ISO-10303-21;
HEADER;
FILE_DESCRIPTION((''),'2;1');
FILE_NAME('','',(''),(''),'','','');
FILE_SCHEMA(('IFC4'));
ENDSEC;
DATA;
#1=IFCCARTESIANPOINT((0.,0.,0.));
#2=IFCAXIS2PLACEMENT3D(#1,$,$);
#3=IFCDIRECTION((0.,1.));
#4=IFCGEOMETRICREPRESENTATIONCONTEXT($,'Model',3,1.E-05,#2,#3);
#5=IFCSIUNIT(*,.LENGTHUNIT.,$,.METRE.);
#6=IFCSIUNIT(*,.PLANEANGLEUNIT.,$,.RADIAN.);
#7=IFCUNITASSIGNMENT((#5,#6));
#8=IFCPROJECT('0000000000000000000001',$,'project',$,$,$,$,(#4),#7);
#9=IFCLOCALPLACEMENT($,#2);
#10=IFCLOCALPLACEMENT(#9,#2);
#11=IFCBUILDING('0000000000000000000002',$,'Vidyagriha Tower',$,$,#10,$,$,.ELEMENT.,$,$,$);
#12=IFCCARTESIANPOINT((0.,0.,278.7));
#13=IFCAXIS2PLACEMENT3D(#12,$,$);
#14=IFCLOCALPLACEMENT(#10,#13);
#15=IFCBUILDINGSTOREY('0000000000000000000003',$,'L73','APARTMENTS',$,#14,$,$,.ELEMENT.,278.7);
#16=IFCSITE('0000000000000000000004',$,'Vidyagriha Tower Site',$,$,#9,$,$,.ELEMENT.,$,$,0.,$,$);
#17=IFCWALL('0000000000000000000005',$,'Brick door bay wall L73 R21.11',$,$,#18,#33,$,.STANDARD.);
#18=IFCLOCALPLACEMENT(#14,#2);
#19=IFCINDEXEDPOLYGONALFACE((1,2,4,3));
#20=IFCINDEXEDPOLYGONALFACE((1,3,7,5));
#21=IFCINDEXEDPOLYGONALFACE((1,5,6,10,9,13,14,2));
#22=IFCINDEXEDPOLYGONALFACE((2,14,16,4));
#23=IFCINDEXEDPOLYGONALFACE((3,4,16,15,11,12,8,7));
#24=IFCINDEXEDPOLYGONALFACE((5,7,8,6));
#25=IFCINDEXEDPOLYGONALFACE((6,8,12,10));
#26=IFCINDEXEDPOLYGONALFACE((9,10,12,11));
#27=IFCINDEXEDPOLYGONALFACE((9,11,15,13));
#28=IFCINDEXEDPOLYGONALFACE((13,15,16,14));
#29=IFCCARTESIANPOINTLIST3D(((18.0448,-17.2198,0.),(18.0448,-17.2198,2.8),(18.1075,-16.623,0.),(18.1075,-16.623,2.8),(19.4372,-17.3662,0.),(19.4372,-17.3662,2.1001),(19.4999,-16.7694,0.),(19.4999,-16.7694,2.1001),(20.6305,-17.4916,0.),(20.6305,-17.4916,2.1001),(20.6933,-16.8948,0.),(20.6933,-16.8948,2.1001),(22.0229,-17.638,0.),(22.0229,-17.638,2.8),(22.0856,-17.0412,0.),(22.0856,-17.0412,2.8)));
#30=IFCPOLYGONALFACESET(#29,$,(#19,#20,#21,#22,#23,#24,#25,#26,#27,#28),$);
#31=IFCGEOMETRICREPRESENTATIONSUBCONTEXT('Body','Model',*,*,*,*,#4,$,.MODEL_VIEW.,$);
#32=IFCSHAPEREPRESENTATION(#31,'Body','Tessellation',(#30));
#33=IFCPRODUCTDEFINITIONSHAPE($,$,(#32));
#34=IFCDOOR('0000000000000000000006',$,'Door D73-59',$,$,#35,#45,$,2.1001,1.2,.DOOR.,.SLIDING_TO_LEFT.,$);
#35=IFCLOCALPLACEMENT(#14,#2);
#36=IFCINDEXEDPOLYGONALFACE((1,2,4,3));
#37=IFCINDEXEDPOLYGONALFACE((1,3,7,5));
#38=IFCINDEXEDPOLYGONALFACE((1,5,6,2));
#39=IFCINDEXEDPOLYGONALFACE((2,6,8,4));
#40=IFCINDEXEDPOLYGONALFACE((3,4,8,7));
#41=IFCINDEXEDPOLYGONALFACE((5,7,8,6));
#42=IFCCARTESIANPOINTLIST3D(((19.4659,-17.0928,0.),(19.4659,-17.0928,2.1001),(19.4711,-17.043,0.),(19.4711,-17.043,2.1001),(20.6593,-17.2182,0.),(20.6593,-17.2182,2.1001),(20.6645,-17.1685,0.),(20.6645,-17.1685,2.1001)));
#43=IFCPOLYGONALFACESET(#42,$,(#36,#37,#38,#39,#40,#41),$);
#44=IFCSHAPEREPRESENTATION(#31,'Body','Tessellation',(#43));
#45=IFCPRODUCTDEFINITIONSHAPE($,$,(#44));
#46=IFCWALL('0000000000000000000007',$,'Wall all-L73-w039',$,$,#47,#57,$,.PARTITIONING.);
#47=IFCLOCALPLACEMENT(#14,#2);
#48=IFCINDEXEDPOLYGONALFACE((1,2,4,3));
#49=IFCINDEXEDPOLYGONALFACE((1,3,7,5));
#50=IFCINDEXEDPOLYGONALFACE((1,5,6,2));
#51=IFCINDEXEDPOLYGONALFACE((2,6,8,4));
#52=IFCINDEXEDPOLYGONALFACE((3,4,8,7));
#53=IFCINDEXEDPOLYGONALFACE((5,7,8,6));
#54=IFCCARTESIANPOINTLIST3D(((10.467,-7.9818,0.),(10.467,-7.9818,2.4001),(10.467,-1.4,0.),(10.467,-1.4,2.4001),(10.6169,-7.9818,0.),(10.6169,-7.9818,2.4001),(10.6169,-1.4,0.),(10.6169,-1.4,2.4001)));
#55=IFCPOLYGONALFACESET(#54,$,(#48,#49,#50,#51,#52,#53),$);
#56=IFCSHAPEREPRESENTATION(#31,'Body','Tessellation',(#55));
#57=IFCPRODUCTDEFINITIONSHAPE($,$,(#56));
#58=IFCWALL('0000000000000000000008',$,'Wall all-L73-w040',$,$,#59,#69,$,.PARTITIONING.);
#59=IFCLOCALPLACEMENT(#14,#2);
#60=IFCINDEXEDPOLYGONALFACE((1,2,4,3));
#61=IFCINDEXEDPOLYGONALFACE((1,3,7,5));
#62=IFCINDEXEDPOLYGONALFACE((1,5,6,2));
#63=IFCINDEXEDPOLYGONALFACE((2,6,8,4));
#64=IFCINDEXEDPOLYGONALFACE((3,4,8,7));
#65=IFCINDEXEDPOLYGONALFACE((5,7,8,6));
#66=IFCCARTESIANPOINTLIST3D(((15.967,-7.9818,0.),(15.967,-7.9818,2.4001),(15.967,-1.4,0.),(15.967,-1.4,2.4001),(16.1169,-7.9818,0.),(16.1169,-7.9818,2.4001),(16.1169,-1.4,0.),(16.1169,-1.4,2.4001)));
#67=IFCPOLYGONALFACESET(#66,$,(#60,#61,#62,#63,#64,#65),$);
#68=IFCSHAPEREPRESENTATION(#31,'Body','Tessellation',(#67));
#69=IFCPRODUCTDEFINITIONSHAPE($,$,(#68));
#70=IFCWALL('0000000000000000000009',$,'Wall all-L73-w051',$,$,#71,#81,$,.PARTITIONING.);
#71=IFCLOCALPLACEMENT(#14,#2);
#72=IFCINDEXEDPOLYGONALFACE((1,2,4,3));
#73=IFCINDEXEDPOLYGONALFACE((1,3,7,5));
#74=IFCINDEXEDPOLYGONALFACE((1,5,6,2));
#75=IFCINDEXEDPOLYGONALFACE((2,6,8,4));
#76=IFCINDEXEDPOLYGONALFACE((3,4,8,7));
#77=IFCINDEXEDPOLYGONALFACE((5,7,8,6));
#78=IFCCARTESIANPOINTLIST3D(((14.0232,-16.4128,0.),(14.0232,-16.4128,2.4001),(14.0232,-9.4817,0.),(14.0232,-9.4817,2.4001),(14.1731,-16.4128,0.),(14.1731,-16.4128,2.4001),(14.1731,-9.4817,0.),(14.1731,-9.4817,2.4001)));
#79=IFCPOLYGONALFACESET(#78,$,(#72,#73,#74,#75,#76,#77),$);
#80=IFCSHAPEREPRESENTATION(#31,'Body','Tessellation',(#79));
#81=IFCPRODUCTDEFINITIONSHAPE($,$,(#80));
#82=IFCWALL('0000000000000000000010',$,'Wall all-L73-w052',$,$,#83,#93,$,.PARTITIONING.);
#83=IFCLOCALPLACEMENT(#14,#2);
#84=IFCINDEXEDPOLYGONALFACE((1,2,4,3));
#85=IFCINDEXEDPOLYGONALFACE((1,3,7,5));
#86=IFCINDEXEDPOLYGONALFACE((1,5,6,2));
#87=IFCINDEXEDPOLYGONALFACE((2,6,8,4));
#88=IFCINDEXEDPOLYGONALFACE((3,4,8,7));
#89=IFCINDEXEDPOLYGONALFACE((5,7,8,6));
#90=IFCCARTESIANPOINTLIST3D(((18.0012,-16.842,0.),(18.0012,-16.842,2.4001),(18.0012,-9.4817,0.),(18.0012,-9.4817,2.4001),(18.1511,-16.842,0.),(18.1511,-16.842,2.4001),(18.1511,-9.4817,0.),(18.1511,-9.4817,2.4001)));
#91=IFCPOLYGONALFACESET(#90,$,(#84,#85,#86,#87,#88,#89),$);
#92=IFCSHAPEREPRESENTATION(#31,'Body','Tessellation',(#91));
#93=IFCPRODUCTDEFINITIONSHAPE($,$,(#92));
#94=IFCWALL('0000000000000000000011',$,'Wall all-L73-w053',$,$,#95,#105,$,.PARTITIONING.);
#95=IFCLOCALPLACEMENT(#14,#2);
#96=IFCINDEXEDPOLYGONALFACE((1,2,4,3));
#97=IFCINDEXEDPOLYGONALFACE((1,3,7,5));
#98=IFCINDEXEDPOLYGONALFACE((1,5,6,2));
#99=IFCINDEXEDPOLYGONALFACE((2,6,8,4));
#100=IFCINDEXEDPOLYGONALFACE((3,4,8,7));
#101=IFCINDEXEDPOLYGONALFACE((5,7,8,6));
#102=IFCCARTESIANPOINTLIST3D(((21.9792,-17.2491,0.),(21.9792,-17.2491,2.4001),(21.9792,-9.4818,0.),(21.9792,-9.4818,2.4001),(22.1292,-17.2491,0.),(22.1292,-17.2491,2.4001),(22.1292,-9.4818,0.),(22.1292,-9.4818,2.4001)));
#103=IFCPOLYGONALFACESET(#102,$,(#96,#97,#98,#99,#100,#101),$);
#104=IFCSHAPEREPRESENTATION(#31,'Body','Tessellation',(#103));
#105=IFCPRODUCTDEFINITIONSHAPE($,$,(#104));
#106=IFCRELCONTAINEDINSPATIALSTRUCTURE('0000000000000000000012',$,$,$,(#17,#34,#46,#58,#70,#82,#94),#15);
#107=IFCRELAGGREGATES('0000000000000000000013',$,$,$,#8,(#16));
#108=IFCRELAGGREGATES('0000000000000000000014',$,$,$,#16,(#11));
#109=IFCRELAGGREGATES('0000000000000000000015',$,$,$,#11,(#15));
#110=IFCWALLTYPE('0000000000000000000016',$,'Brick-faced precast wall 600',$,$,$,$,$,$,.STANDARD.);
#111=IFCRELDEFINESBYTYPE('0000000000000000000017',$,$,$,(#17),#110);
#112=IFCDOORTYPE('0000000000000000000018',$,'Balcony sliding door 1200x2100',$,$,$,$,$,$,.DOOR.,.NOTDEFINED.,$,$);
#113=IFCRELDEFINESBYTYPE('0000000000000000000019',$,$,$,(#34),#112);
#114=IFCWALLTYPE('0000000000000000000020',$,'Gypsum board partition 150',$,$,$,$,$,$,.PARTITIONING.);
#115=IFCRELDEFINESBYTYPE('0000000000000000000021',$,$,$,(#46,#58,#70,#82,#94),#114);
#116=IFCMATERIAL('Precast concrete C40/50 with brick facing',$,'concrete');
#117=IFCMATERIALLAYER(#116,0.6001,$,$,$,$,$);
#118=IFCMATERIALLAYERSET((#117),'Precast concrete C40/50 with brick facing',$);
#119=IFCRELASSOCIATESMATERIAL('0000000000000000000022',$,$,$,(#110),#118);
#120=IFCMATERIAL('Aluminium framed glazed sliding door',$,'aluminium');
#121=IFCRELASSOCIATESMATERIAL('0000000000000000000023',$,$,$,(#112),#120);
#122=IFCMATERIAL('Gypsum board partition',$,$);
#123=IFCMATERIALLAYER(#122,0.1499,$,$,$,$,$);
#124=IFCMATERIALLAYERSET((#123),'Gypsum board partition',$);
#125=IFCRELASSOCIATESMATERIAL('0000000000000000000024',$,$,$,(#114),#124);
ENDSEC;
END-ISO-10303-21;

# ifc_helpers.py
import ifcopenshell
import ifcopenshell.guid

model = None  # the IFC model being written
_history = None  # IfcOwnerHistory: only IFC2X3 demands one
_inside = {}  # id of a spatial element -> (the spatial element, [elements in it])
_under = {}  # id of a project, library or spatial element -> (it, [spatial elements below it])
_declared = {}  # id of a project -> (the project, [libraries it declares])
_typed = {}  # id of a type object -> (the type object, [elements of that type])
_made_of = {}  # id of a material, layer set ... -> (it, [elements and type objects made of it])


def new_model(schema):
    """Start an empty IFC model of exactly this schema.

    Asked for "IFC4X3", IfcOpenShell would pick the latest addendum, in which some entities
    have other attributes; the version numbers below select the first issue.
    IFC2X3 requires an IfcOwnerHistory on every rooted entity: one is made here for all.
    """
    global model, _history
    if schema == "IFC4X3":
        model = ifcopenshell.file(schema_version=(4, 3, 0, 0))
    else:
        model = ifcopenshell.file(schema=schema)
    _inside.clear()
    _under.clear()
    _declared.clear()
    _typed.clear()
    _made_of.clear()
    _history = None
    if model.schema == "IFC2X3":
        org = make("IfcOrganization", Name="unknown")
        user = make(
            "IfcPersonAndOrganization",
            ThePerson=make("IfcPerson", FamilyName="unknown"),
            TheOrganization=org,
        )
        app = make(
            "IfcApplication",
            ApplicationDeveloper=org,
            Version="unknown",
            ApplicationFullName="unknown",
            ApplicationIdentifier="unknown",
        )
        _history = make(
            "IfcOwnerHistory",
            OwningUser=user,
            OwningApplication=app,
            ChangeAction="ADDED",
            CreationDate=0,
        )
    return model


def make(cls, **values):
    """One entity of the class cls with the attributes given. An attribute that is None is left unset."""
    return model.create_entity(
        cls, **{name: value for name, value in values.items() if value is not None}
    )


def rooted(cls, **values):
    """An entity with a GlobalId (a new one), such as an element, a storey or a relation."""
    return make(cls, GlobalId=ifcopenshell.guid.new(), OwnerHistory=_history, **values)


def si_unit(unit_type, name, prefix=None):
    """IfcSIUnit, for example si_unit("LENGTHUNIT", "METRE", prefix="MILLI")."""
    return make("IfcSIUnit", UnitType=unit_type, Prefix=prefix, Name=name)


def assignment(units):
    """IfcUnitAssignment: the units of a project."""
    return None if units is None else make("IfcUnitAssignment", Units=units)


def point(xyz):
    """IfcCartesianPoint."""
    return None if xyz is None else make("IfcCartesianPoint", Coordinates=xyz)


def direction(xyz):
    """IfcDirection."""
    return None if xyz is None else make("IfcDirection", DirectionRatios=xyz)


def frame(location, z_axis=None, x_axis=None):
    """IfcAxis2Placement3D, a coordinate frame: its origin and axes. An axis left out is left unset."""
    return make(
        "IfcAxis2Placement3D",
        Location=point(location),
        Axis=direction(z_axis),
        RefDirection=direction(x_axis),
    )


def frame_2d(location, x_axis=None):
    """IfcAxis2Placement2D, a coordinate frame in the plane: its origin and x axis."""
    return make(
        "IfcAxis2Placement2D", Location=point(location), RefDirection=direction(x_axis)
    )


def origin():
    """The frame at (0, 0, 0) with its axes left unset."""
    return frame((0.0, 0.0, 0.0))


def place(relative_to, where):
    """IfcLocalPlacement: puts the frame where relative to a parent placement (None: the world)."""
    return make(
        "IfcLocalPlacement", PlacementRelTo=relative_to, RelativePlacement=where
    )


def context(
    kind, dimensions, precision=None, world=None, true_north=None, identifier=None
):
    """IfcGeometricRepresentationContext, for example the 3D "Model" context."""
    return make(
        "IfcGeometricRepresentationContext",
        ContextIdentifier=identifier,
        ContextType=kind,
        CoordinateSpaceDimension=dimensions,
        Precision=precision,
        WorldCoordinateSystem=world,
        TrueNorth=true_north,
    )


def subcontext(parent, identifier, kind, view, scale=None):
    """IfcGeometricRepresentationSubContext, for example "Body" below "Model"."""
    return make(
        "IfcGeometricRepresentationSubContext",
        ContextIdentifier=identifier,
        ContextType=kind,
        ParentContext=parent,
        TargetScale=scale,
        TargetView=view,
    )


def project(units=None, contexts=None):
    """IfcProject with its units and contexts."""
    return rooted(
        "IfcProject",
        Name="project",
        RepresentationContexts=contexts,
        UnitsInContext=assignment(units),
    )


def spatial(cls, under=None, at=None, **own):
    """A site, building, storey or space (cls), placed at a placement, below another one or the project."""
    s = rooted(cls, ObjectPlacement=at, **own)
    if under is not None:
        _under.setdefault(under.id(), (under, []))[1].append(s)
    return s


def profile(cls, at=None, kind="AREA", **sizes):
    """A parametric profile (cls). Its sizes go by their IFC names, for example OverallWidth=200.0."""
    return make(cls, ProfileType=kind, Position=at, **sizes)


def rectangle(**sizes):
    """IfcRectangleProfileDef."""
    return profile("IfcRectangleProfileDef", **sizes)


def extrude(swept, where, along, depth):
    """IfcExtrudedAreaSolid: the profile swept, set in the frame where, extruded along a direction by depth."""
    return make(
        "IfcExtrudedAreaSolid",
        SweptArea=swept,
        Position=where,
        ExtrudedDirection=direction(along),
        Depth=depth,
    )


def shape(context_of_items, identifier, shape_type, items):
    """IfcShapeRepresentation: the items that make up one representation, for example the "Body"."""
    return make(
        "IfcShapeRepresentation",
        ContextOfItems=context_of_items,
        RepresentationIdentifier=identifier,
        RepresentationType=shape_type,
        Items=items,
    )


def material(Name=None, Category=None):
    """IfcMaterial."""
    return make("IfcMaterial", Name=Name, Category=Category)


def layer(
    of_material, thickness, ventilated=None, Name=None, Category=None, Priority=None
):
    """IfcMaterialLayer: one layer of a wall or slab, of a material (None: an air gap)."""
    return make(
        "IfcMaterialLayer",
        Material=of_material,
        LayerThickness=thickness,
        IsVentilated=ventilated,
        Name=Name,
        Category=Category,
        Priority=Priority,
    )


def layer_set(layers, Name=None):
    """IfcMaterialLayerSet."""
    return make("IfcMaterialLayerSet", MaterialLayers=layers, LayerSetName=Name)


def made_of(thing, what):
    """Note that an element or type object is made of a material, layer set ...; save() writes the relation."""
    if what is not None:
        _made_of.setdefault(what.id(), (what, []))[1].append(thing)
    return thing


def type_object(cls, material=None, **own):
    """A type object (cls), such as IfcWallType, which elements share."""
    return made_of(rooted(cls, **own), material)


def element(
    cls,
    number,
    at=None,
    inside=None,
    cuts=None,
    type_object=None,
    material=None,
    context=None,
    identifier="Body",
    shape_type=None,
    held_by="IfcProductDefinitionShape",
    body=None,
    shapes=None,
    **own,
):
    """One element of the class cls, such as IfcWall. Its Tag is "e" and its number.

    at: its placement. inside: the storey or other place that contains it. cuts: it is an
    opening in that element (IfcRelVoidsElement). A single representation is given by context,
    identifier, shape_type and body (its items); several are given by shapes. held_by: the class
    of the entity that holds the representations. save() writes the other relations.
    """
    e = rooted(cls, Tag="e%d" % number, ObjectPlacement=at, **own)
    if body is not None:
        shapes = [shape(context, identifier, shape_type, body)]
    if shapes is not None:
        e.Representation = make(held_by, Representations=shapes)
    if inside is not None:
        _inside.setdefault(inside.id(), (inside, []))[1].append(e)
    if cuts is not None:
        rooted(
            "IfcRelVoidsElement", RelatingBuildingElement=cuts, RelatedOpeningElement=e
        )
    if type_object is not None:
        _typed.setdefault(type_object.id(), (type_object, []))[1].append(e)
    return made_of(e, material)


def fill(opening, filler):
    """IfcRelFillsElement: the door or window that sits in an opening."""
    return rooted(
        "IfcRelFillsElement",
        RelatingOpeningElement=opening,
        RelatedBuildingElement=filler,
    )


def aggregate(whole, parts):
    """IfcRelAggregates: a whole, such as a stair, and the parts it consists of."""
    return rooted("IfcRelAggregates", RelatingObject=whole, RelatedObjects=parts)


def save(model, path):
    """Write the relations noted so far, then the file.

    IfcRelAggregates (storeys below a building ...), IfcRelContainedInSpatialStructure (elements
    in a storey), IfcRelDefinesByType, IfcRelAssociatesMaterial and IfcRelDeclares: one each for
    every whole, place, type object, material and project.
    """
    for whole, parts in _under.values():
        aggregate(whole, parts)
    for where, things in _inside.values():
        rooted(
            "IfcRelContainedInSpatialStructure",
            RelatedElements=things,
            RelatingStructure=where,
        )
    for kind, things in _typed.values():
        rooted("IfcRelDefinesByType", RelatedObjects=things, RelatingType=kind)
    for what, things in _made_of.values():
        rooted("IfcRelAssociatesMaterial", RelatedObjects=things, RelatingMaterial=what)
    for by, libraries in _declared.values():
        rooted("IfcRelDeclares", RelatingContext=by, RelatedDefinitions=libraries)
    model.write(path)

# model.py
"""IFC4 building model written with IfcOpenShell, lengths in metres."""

from ifc_helpers import new_model, si_unit, direction, frame, frame_2d, origin, place, context, subcontext, project, spatial, rectangle, extrude, material, layer, layer_set, type_object, element, fill, save


model = new_model("IFC4")

# Units and contexts
model_context = context("Model", 3, precision=1e-05, world=origin(), true_north=direction((0.0, 1.0)))
body_context = subcontext(model_context, "Body", "Model", "MODEL_VIEW")
ifc_project = project(units=[si_unit("LENGTHUNIT", "METRE"), si_unit("PLANEANGLEUNIT", "RADIAN")], contexts=[model_context])

# Site, building, storey
site_placement = place(None, origin())
site = spatial("IfcSite", under=ifc_project, at=site_placement, Name="Vidyagriha Tower Site", CompositionType="ELEMENT", RefElevation=0.0)
building_placement = place(site_placement, origin())
building = spatial("IfcBuilding", under=site, at=building_placement, Name="Vidyagriha Tower", CompositionType="ELEMENT")
storey_placement = place(building_placement, frame((0.0, 0.0, 278.7)))
storey = spatial("IfcBuildingStorey", under=building, at=storey_placement, Name="L73", Description="APARTMENTS", CompositionType="ELEMENT", Elevation=278.7)

# Wall, opening, door
ifc_material_1 = material(Name="Precast concrete C40/50 with brick facing", Category="concrete")
ifc_layer_1 = layer(ifc_material_1, 0.6001)
ifc_layer_set_1 = layer_set([ifc_layer_1], Name="Precast concrete C40/50 with brick facing")
wall_type_1 = type_object("IfcWallType", Name="Brick-faced precast wall 600", PredefinedType="STANDARD", material=ifc_layer_set_1)
wall_1_placement = place(storey_placement, frame((18.0762, -16.9214, 0.0), z_axis=(0.0, 0.0, 1.0), x_axis=(0.994519, -0.104555, 0.0)))
wall_1 = element("IfcWall", 1, at=wall_1_placement, inside=storey, type_object=wall_type_1, Name="Brick door bay wall L73 R21.11", PredefinedType="STANDARD", context=body_context, shape_type="SweptSolid", body=[
    extrude(rectangle(XDim=4.0, YDim=0.6001, at=frame_2d((2.0, 0.0))), origin(), (0.0, 0.0, 1.0), 2.8),
])
opening_placement = place(wall_1_placement, frame((1.3999, 0.0, 0.0)))
opening = element("IfcOpeningElement", 2, at=opening_placement, cuts=wall_1, PredefinedType="OPENING", context=body_context, shape_type="SweptSolid", body=[
    extrude(rectangle(XDim=1.2, YDim=2.1001, at=frame_2d((0.6001, 1.05))), frame((0.0, 0.3101, 0.0), z_axis=(0.0, -1.0, 0.0), x_axis=(1.0, 0.0, 0.0)), (0.0, 0.0, 1.0), 0.6201),
])
ifc_material_2 = material(Name="Aluminium framed glazed sliding door", Category="aluminium")
door_type = type_object("IfcDoorType", Name="Balcony sliding door 1200x2100", OperationType="NOTDEFINED", PredefinedType="DOOR", material=ifc_material_2)
door_placement = place(opening_placement, origin())
door = element("IfcDoor", 3, at=door_placement, inside=storey, type_object=door_type, Name="Door D73-59", OperationType="SLIDING_TO_LEFT", OverallHeight=2.1001, OverallWidth=1.2, PredefinedType="DOOR", context=body_context, shape_type="SweptSolid", body=[
    extrude(rectangle(XDim=1.2, YDim=2.1001, at=frame_2d((0.6001, 1.05))), frame((0.0, 0.0249, 0.0), z_axis=(0.0, -1.0, 0.0), x_axis=(1.0, 0.0, 0.0)), (0.0, 0.0, 1.0), 0.05),
])
fill(opening, door)

# Walls
ifc_material_3 = material(Name="Gypsum board partition")
ifc_layer_2 = layer(ifc_material_3, 0.1499)
ifc_layer_set_2 = layer_set([ifc_layer_2], Name="Gypsum board partition")
wall_type_2 = type_object("IfcWallType", Name="Gypsum board partition 150", PredefinedType="PARTITIONING", material=ifc_layer_set_2)
for number, where, z_axis, x_axis, name in (
    (4, (10.542, -1.3999, 0.0), (0.0, 0.0, 1.0), (0.0, -1.0, 0.0), "Wall all-L73-w039"),
    (5, (16.042, -1.3999, 0.0), (0.0, 0.0, 1.0), (0.0, -1.0, 0.0), "Wall all-L73-w040"),
):
    element("IfcWall", number, at=place(storey_placement, frame(where, z_axis=z_axis, x_axis=x_axis)), inside=storey, type_object=wall_type_2, Name=name, PredefinedType="PARTITIONING", context=body_context, shape_type="SweptSolid", body=[
        extrude(rectangle(XDim=6.5818, YDim=0.1499, at=frame_2d((3.291, 0.0))), origin(), (0.0, 0.0, 1.0), 2.4001),
    ])
wall_2_placement = place(storey_placement, frame((14.0981, -9.4817, 0.0), z_axis=(0.0, 0.0, 1.0), x_axis=(0.0, -1.0, 0.0)))
element("IfcWall", 6, at=wall_2_placement, inside=storey, type_object=wall_type_2, Name="Wall all-L73-w051", PredefinedType="PARTITIONING", context=body_context, shape_type="SweptSolid", body=[
    extrude(rectangle(XDim=6.9312, YDim=0.1499, at=frame_2d((3.4656, 0.0))), origin(), (0.0, 0.0, 1.0), 2.4001),
])
wall_3_placement = place(storey_placement, frame((18.0762, -9.4817, 0.0), z_axis=(0.0, 0.0, 1.0), x_axis=(0.0, -1.0, 0.0)))
element("IfcWall", 7, at=wall_3_placement, inside=storey, type_object=wall_type_2, Name="Wall all-L73-w052", PredefinedType="PARTITIONING", context=body_context, shape_type="SweptSolid", body=[
    extrude(rectangle(XDim=7.3604, YDim=0.1499, at=frame_2d((3.6802, 0.0))), origin(), (0.0, 0.0, 1.0), 2.4001),
])
wall_4_placement = place(storey_placement, frame((22.0542, -9.4817, 0.0), z_axis=(0.0, 0.0, 1.0), x_axis=(0.0, -1.0, 0.0)))
element("IfcWall", 8, at=wall_4_placement, inside=storey, type_object=wall_type_2, Name="Wall all-L73-w053", PredefinedType="PARTITIONING", context=body_context, shape_type="SweptSolid", body=[
    extrude(rectangle(XDim=7.7673, YDim=0.1499, at=frame_2d((3.8838, 0.0))), origin(), (0.0, 0.0, 1.0), 2.4001),
])

save(model, "model.ifc")
